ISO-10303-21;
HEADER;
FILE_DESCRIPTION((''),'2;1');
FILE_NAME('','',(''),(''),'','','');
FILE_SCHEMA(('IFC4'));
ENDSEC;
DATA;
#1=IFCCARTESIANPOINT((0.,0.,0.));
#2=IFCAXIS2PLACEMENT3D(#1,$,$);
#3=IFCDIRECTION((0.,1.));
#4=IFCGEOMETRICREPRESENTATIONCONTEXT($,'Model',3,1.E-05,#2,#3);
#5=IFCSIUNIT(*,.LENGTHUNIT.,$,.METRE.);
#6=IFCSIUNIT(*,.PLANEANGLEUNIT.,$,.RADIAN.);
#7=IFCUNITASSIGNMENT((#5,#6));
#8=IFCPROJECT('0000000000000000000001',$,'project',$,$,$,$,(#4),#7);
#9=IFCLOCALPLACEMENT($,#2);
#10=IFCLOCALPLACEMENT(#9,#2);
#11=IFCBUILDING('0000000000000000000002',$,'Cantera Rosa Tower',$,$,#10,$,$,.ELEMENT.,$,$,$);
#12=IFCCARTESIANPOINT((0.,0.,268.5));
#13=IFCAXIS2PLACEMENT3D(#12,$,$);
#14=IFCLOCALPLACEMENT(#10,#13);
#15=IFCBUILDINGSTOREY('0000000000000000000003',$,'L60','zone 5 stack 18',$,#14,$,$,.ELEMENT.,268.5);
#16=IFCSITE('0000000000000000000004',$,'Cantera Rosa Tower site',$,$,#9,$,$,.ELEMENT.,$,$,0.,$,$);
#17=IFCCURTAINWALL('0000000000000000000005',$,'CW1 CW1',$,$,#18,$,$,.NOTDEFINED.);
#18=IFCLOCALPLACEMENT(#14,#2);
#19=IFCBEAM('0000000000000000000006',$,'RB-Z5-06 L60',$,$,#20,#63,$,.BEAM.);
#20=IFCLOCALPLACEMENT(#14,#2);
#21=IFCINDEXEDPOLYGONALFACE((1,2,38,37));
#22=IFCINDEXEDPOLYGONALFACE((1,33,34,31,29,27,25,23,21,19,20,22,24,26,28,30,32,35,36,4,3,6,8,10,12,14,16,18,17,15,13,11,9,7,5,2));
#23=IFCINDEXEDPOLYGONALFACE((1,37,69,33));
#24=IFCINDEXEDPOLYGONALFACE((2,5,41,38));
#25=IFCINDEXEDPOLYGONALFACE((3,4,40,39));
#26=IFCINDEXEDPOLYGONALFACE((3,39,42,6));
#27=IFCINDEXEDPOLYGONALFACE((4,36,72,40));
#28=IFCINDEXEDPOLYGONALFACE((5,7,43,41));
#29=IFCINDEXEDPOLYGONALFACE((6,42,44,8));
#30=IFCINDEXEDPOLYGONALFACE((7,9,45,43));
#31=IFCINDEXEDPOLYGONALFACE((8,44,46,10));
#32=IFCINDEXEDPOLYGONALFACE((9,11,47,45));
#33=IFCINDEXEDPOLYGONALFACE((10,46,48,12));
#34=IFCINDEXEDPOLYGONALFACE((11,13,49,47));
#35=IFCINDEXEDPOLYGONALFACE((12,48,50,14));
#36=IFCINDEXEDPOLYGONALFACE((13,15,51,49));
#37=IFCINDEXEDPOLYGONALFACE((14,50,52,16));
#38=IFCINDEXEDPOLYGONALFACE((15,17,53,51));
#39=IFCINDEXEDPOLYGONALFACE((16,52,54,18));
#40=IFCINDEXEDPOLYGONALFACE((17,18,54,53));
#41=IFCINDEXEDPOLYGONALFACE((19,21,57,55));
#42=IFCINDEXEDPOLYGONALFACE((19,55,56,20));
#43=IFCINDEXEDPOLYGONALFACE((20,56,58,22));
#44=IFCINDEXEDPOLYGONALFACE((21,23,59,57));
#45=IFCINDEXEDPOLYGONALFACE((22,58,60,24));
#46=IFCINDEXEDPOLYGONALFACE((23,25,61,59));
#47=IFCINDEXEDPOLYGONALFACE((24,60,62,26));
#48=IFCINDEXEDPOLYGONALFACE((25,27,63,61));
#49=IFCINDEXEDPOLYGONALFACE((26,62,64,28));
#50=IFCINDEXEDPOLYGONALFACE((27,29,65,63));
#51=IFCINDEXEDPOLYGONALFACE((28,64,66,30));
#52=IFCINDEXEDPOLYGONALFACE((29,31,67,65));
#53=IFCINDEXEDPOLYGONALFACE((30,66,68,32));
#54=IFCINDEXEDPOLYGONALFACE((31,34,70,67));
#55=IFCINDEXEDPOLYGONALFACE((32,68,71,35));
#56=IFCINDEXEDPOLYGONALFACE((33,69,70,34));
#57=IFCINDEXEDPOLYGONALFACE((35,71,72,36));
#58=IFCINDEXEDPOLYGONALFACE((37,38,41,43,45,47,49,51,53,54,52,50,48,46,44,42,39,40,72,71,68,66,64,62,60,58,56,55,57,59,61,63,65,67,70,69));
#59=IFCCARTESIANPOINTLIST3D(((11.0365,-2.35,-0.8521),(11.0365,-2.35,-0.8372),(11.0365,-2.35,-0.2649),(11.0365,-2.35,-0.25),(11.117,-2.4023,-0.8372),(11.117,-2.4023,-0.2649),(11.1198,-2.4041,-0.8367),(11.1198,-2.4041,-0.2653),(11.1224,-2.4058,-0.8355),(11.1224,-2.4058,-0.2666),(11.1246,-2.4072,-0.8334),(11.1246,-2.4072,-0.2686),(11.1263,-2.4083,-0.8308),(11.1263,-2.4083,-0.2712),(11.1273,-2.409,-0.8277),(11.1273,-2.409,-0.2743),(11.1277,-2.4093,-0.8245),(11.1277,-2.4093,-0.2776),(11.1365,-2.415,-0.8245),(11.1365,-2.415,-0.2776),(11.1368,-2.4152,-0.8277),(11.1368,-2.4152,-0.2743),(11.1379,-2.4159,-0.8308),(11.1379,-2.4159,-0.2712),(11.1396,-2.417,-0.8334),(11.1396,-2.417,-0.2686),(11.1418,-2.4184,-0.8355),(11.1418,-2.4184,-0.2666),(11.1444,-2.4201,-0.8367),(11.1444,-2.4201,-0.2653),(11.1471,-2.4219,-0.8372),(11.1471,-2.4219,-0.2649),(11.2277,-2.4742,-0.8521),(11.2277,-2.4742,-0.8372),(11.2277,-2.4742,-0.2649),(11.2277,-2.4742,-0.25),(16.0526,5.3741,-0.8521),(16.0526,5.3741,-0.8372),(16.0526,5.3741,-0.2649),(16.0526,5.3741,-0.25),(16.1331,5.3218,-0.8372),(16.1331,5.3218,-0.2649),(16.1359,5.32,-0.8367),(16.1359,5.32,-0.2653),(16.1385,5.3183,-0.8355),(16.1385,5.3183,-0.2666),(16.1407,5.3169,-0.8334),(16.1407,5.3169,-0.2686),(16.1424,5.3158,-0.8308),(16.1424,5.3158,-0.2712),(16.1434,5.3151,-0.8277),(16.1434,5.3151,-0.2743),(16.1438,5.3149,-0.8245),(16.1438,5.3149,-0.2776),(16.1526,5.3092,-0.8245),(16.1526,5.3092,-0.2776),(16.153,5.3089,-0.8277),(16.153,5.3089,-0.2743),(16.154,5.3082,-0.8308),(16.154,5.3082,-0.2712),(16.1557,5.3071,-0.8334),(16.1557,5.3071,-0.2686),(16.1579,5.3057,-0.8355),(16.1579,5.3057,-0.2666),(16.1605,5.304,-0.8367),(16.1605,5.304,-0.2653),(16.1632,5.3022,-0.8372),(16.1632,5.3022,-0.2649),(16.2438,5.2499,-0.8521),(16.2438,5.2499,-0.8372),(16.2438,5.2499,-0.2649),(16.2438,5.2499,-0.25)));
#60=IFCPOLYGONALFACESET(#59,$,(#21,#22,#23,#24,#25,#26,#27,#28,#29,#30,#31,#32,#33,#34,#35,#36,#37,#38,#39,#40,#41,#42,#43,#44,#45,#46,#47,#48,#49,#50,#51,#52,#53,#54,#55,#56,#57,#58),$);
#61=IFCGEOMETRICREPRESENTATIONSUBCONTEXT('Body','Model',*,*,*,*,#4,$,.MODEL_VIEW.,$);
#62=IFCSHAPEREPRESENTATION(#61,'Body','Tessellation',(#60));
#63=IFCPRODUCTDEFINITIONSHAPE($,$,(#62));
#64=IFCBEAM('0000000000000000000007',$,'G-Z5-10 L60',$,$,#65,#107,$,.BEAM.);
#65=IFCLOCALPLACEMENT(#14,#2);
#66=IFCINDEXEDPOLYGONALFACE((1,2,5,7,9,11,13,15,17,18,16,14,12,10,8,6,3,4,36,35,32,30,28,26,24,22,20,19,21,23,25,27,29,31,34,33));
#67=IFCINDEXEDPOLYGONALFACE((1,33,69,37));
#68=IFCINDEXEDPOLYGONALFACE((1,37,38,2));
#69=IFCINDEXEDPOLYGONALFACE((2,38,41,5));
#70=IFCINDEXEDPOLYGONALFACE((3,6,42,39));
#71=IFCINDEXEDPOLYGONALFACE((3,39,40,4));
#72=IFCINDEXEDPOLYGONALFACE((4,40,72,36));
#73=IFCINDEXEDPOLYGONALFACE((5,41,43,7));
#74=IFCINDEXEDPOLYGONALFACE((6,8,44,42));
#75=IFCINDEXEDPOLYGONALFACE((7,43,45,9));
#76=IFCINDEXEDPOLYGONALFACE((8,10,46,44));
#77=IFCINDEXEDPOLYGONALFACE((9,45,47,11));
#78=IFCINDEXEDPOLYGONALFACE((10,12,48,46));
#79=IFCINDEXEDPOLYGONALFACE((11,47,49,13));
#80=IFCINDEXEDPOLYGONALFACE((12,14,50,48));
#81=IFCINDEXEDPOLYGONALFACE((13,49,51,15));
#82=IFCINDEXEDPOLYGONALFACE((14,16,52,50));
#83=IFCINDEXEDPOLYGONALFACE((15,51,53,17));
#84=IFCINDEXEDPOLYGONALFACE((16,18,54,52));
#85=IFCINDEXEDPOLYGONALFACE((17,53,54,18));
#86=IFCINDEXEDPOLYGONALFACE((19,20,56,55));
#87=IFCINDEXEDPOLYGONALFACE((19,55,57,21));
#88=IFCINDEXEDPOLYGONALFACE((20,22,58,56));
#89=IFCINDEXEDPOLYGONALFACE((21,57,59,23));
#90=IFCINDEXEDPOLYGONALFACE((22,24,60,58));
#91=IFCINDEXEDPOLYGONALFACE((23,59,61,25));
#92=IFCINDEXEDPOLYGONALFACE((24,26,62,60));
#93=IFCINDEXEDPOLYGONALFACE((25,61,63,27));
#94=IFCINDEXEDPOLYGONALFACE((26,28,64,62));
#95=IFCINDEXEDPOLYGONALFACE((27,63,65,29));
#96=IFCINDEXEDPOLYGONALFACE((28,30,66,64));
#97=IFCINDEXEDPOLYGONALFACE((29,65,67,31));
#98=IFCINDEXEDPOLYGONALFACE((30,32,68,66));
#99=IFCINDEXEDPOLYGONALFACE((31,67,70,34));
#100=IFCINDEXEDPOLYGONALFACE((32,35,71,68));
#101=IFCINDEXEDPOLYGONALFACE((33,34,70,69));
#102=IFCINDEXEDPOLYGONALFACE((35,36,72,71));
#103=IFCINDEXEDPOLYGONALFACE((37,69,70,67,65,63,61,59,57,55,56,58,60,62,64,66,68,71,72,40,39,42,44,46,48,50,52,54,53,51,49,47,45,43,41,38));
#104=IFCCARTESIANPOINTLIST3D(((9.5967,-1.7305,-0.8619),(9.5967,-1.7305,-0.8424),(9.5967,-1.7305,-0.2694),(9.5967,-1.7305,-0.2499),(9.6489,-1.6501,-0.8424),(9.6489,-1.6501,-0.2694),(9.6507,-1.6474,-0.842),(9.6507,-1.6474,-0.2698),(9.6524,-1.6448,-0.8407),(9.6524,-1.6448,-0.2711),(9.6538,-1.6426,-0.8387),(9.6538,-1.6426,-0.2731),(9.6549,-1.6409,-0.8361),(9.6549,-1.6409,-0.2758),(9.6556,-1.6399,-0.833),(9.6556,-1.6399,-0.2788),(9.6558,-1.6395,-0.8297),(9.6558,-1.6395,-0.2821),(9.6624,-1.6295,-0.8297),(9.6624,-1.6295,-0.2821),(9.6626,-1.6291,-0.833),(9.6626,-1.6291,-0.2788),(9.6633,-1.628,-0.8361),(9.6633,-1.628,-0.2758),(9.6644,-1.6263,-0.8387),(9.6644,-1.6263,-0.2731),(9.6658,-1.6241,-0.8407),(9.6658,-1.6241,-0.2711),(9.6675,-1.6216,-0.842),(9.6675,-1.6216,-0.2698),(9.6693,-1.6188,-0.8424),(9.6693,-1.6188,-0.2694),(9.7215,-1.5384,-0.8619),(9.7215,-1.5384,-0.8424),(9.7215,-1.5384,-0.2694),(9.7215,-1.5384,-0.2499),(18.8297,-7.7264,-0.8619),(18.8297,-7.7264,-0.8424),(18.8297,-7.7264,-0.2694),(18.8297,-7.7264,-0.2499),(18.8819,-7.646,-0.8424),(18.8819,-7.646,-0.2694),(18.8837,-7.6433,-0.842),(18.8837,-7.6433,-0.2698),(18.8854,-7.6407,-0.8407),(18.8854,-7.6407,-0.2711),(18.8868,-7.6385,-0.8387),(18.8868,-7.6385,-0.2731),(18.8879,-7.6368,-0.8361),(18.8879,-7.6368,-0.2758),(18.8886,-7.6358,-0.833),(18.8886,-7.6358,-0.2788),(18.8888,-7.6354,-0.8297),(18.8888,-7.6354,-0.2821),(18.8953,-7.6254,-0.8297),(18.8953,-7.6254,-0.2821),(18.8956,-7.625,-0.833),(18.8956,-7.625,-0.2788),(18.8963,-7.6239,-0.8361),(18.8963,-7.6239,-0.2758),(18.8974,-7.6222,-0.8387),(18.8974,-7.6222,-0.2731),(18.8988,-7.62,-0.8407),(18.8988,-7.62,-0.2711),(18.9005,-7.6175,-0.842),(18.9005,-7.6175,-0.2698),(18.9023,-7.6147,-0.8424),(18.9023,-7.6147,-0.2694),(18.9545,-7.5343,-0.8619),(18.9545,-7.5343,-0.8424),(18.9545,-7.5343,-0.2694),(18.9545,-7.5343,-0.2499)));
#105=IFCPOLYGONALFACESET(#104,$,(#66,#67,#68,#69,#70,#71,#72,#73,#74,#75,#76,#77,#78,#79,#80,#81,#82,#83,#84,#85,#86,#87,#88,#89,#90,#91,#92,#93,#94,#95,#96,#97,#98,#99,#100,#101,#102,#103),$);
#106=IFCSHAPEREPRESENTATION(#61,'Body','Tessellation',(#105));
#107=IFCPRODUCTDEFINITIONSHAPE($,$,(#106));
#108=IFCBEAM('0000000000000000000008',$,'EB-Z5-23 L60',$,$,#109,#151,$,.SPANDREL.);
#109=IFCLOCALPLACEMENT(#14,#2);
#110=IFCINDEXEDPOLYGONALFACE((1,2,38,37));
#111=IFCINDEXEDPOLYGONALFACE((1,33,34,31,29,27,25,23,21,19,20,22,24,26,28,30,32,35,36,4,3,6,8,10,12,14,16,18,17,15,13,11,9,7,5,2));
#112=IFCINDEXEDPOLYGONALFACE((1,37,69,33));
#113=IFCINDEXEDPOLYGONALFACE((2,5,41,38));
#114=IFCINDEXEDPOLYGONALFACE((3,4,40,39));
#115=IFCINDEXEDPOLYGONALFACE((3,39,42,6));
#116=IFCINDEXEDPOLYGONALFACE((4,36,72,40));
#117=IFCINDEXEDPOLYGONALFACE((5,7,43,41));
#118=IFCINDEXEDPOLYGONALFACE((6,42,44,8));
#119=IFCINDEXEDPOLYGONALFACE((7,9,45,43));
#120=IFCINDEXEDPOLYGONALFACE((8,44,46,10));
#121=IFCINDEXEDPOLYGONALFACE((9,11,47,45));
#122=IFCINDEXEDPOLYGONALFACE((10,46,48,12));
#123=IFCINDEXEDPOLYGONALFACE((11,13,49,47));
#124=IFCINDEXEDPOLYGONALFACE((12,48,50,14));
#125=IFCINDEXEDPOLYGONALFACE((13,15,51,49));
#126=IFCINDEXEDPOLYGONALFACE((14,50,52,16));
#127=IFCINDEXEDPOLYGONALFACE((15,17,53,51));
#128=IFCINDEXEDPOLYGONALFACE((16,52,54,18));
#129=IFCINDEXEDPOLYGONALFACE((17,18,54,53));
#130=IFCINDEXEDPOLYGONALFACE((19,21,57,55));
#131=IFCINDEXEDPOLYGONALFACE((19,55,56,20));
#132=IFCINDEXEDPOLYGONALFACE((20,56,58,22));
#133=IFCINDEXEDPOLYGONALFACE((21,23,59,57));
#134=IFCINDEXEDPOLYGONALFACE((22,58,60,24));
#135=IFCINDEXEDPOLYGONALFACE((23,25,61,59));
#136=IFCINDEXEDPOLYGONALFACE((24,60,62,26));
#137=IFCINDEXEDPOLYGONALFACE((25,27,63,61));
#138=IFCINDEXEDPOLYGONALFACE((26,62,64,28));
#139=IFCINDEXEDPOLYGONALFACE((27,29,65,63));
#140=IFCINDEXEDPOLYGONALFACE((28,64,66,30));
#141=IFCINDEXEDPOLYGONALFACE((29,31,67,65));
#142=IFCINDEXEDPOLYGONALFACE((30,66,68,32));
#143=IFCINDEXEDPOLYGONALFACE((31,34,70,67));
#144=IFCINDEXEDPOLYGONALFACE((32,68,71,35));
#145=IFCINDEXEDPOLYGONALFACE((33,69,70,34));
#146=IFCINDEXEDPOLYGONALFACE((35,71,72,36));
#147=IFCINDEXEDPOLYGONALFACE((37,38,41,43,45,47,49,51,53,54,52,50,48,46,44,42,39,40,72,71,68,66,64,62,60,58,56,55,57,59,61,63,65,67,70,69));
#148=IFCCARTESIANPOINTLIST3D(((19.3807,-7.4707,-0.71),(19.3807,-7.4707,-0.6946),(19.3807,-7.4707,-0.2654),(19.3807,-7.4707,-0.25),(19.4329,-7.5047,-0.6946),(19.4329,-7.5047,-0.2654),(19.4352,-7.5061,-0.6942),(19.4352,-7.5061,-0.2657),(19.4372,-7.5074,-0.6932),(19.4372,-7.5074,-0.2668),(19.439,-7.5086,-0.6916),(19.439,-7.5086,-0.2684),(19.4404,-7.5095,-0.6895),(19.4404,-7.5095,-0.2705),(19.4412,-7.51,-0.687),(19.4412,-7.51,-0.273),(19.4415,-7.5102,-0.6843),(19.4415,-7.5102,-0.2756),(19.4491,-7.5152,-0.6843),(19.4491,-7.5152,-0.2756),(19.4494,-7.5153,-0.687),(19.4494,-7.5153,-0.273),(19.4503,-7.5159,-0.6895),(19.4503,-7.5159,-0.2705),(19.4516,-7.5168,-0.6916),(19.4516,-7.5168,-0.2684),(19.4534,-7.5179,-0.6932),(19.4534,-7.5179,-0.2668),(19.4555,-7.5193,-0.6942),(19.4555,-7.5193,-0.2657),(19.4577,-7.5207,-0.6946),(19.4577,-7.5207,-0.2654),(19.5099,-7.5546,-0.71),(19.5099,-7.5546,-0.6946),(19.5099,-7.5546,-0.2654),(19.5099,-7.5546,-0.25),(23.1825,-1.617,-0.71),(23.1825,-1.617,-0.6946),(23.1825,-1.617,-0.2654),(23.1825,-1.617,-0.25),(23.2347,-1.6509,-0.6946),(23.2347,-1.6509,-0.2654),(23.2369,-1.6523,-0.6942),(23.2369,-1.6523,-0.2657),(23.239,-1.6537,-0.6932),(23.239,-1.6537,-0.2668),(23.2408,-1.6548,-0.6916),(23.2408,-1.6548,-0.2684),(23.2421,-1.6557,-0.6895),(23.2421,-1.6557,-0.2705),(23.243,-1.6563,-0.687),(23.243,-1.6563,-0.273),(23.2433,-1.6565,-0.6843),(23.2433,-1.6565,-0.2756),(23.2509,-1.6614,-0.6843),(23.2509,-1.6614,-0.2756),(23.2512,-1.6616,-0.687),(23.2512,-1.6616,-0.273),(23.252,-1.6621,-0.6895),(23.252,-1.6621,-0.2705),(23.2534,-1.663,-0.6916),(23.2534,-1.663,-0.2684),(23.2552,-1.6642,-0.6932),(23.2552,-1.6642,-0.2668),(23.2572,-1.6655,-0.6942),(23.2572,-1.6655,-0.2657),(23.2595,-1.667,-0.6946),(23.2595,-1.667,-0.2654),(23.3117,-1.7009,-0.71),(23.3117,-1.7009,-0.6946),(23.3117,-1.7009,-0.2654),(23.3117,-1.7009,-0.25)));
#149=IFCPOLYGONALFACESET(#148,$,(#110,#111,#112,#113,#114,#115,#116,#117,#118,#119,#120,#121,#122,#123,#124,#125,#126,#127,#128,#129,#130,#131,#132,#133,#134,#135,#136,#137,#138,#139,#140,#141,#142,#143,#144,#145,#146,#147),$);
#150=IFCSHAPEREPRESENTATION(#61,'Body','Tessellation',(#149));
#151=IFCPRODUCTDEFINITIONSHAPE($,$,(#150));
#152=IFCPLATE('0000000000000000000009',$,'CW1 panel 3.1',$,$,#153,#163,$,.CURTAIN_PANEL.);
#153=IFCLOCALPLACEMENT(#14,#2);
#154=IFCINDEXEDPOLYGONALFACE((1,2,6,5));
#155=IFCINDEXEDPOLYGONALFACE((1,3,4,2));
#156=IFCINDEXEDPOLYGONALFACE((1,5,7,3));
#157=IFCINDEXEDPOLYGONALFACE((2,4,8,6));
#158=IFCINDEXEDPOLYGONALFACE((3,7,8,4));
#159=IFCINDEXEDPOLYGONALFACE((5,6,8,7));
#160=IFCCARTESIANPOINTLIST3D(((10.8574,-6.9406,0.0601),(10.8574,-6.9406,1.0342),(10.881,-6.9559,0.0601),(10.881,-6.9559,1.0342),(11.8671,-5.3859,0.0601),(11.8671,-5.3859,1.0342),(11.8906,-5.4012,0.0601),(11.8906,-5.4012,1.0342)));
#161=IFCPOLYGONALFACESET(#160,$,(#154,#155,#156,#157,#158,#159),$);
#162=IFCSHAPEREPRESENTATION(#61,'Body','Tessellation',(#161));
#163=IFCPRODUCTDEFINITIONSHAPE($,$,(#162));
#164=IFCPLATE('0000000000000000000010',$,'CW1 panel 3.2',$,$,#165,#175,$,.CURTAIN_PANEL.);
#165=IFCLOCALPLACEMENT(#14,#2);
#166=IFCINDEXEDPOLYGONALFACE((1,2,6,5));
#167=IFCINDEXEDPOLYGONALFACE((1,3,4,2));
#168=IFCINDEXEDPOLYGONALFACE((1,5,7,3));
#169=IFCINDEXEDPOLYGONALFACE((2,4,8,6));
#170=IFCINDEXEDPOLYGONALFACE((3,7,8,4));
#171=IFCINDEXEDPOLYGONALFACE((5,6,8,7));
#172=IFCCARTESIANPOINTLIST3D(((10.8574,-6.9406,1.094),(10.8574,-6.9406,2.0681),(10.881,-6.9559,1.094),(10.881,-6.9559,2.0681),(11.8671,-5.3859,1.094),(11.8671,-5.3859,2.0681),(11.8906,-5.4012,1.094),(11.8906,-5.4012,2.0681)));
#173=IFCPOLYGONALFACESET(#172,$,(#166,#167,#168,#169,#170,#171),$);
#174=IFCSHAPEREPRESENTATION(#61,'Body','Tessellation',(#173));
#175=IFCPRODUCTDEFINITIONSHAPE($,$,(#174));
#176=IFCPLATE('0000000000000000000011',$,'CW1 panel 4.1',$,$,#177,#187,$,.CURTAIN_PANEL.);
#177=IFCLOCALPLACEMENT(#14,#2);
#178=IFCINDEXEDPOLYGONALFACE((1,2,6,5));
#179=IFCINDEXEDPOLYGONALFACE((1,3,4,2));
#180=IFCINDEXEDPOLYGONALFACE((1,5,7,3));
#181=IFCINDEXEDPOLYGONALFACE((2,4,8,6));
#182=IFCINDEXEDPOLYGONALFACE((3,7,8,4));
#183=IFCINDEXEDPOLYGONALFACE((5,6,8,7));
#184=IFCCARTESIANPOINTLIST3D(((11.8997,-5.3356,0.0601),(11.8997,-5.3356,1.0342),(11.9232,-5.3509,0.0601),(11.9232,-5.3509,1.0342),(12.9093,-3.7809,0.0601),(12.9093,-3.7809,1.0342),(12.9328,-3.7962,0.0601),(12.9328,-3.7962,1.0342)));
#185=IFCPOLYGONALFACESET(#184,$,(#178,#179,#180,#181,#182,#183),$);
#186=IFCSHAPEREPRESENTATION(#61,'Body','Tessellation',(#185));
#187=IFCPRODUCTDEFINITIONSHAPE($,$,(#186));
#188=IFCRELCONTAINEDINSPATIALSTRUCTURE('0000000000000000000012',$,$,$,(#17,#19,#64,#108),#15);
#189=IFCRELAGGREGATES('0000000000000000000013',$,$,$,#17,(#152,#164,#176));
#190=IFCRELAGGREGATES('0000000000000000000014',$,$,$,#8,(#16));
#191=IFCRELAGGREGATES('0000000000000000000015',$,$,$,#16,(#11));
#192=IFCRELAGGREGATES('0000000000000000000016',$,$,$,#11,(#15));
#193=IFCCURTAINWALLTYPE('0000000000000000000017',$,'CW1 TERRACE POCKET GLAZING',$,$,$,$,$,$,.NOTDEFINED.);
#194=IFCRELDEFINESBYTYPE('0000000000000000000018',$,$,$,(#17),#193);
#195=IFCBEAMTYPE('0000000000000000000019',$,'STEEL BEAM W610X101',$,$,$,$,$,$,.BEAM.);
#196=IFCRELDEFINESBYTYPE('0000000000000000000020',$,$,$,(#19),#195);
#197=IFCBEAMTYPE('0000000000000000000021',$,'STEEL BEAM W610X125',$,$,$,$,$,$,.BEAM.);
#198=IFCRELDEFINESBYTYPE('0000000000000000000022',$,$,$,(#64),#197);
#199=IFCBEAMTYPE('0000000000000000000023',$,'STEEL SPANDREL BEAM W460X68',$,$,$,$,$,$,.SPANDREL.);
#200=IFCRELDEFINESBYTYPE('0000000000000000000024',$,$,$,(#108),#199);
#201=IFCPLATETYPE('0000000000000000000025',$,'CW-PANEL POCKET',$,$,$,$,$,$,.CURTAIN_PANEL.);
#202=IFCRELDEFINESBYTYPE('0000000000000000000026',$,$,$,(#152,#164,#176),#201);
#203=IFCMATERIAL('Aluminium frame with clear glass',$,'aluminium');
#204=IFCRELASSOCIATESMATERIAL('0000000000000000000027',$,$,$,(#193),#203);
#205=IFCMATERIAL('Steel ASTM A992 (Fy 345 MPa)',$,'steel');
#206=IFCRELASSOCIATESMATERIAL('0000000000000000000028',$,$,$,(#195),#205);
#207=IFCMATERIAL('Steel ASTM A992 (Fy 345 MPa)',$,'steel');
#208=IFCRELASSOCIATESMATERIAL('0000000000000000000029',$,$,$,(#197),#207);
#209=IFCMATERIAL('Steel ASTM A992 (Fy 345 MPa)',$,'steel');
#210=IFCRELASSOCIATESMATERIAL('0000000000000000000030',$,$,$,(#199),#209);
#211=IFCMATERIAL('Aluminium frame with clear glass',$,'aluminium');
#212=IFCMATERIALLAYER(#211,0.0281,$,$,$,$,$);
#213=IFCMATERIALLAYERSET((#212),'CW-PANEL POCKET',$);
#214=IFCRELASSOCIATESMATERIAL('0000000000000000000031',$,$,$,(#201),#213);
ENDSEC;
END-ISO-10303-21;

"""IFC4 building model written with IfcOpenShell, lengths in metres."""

from ifc_helpers import new_model, si_unit, direction, frame, origin, origin_2d, place, context, subcontext, project, spatial, rectangle, i_section, extrude, material, layer, layer_set, material_profile, profile_set, type_object, element, aggregate, save


model = new_model("IFC4")

# Units and contexts
model_context = context("Model", 3, precision=1e-05, world=origin(), true_north=direction((0.0, 1.0)))
body_context = subcontext(model_context, "Body", "Model", "MODEL_VIEW")
ifc_project = project(units=[si_unit("LENGTHUNIT", "METRE"), si_unit("PLANEANGLEUNIT", "RADIAN")], contexts=[model_context])

# Site, building, storey
site_placement = place(None, origin())
site = spatial("IfcSite", under=ifc_project, at=site_placement, Name="Cantera Rosa Tower site", CompositionType="ELEMENT", RefElevation=0.0)
building_placement = place(site_placement, origin())
building = spatial("IfcBuilding", under=site, at=building_placement, Name="Cantera Rosa Tower", CompositionType="ELEMENT")
storey_placement = place(building_placement, frame((0.0, 0.0, 268.5)))
storey = spatial("IfcBuildingStorey", under=building, at=storey_placement, Name="L60", Description="zone 5 stack 18", CompositionType="ELEMENT", Elevation=268.5)

# Curtain wall
ifc_material_1 = material(Name="Aluminium frame with clear glass", Category="aluminium")
curtain_wall_type = type_object("IfcCurtainWallType", Name="CW1 TERRACE POCKET GLAZING", PredefinedType="NOTDEFINED", material=ifc_material_1)
curtain_wall_placement = place(storey_placement, origin())
curtain_wall = element("IfcCurtainWall", 1, at=curtain_wall_placement, inside=storey, type_object=curtain_wall_type, Name="CW1 CW1", PredefinedType="NOTDEFINED")

# Beams
ifc_material_2 = material(Name="Steel ASTM A992 (Fy 345 MPa)", Category="steel")
ifc_material_profile_1 = material_profile(ifc_material_2, i_section(OverallWidth=0.228, OverallDepth=0.6021, WebThickness=0.0105, FlangeThickness=0.0149, FilletRadius=0.0127, at=origin_2d()), Name="W610X101")
ifc_profile_set_1 = profile_set([ifc_material_profile_1], Name="Steel ASTM A992 (Fy 345 MPa)")
beam_type_1 = type_object("IfcBeamType", Name="STEEL BEAM W610X101", PredefinedType="BEAM", material=ifc_profile_set_1)
beam_1_placement = place(storey_placement, frame((11.1321, -2.4121, -0.551), z_axis=(0.54464, 0.83867, 0.0), x_axis=(-0.83867, 0.54464, 0.0)))
element("IfcBeam", 2, at=beam_1_placement, inside=storey, type_object=beam_type_1, Name="RB-Z5-06 L60", PredefinedType="BEAM", context=body_context, shape_type="SweptSolid", body=[
    extrude(i_section(OverallWidth=0.228, OverallDepth=0.6021, WebThickness=0.0105, FlangeThickness=0.0149, FilletRadius=0.0127, at=origin_2d()), origin(), (0.0, 0.0, 1.0), 9.21),
])
ifc_material_3 = material(Name="Steel ASTM A992 (Fy 345 MPa)", Category="steel")
ifc_material_profile_2 = material_profile(ifc_material_3, i_section(OverallWidth=0.229, OverallDepth=0.6121, WebThickness=0.012, FlangeThickness=0.0195, FilletRadius=0.0127, at=origin_2d()), Name="W610X125")
ifc_profile_set_2 = profile_set([ifc_material_profile_2], Name="Steel ASTM A992 (Fy 345 MPa)")
beam_type_2 = type_object("IfcBeamType", Name="STEEL BEAM W610X125", PredefinedType="BEAM", material=ifc_profile_set_2)
beam_2_placement = place(storey_placement, frame((18.8921, -7.6304, -0.5559), z_axis=(-0.838674, 0.544634, 0.0), x_axis=(-0.544634, -0.838674, 0.0)))
element("IfcBeam", 3, at=beam_2_placement, inside=storey, type_object=beam_type_2, Name="G-Z5-10 L60", PredefinedType="BEAM", context=body_context, shape_type="SweptSolid", body=[
    extrude(i_section(OverallWidth=0.229, OverallDepth=0.6121, WebThickness=0.012, FlangeThickness=0.0195, FilletRadius=0.0127, at=origin_2d()), origin(), (0.0, 0.0, 1.0), 11.009),
])
ifc_material_4 = material(Name="Steel ASTM A992 (Fy 345 MPa)", Category="steel")
ifc_material_profile_3 = material_profile(ifc_material_4, i_section(OverallWidth=0.1541, OverallDepth=0.46, WebThickness=0.009, FlangeThickness=0.0154, FilletRadius=0.0103, at=origin_2d()), Name="W460X68")
ifc_profile_set_3 = profile_set([ifc_material_profile_3], Name="Steel ASTM A992 (Fy 345 MPa)")
beam_type_3 = type_object("IfcBeamType", Name="STEEL SPANDREL BEAM W460X68", PredefinedType="SPANDREL", material=ifc_profile_set_3)
beam_3_placement = place(storey_placement, frame((19.4453, -7.5127, -0.48), z_axis=(0.544667, 0.838652, 0.0), x_axis=(-0.838652, 0.544667, 0.0)))
element("IfcBeam", 4, at=beam_3_placement, inside=storey, type_object=beam_type_3, Name="EB-Z5-23 L60", PredefinedType="SPANDREL", context=body_context, shape_type="SweptSolid", body=[
    extrude(i_section(OverallWidth=0.1541, OverallDepth=0.46, WebThickness=0.009, FlangeThickness=0.0154, FilletRadius=0.0103, at=origin_2d()), origin(), (0.0, 0.0, 1.0), 6.98),
])

# Plates
ifc_material_5 = material(Name="Aluminium frame with clear glass", Category="aluminium")
ifc_layer_1 = layer(ifc_material_5, 0.0281)
ifc_layer_set_1 = layer_set([ifc_layer_1], Name="CW-PANEL POCKET")
plate_type = type_object("IfcPlateType", Name="CW-PANEL POCKET", PredefinedType="CURTAIN_PANEL", material=ifc_layer_set_1)
plate_1_placement = place(storey_placement, frame((11.374, -6.1709, 0.0601), z_axis=(0.0, 0.0, 1.0), x_axis=(0.544639, 0.838671, 0.0)))
plate_1 = element("IfcPlate", 5, at=plate_1_placement, type_object=plate_type, Name="CW1 panel 3.1", PredefinedType="CURTAIN_PANEL", context=body_context, shape_type="SweptSolid", body=[
    extrude(rectangle(XDim=1.8538, YDim=0.0281, at=origin_2d()), origin(), (0.0, 0.0, 1.0), 0.9741),
])
plate_2_placement = place(storey_placement, frame((11.374, -6.1709, 1.094), z_axis=(0.0, 0.0, 1.0), x_axis=(0.544639, 0.838671, 0.0)))
plate_2 = element("IfcPlate", 6, at=plate_2_placement, type_object=plate_type, Name="CW1 panel 3.2", PredefinedType="CURTAIN_PANEL", context=body_context, shape_type="SweptSolid", body=[
    extrude(rectangle(XDim=1.8538, YDim=0.0281, at=origin_2d()), origin(), (0.0, 0.0, 1.0), 0.9741),
])
plate_3_placement = place(storey_placement, frame((12.4163, -4.5659, 0.0601), z_axis=(0.0, 0.0, 1.0), x_axis=(0.544639, 0.838671, 0.0)))
plate_3 = element("IfcPlate", 7, at=plate_3_placement, type_object=plate_type, Name="CW1 panel 4.1", PredefinedType="CURTAIN_PANEL", context=body_context, shape_type="SweptSolid", body=[
    extrude(rectangle(XDim=1.8538, YDim=0.0281, at=origin_2d()), origin(), (0.0, 0.0, 1.0), 0.9741),
])
aggregate(curtain_wall, [plate_1, plate_2, plate_3])

save(model, "model.ifc")
